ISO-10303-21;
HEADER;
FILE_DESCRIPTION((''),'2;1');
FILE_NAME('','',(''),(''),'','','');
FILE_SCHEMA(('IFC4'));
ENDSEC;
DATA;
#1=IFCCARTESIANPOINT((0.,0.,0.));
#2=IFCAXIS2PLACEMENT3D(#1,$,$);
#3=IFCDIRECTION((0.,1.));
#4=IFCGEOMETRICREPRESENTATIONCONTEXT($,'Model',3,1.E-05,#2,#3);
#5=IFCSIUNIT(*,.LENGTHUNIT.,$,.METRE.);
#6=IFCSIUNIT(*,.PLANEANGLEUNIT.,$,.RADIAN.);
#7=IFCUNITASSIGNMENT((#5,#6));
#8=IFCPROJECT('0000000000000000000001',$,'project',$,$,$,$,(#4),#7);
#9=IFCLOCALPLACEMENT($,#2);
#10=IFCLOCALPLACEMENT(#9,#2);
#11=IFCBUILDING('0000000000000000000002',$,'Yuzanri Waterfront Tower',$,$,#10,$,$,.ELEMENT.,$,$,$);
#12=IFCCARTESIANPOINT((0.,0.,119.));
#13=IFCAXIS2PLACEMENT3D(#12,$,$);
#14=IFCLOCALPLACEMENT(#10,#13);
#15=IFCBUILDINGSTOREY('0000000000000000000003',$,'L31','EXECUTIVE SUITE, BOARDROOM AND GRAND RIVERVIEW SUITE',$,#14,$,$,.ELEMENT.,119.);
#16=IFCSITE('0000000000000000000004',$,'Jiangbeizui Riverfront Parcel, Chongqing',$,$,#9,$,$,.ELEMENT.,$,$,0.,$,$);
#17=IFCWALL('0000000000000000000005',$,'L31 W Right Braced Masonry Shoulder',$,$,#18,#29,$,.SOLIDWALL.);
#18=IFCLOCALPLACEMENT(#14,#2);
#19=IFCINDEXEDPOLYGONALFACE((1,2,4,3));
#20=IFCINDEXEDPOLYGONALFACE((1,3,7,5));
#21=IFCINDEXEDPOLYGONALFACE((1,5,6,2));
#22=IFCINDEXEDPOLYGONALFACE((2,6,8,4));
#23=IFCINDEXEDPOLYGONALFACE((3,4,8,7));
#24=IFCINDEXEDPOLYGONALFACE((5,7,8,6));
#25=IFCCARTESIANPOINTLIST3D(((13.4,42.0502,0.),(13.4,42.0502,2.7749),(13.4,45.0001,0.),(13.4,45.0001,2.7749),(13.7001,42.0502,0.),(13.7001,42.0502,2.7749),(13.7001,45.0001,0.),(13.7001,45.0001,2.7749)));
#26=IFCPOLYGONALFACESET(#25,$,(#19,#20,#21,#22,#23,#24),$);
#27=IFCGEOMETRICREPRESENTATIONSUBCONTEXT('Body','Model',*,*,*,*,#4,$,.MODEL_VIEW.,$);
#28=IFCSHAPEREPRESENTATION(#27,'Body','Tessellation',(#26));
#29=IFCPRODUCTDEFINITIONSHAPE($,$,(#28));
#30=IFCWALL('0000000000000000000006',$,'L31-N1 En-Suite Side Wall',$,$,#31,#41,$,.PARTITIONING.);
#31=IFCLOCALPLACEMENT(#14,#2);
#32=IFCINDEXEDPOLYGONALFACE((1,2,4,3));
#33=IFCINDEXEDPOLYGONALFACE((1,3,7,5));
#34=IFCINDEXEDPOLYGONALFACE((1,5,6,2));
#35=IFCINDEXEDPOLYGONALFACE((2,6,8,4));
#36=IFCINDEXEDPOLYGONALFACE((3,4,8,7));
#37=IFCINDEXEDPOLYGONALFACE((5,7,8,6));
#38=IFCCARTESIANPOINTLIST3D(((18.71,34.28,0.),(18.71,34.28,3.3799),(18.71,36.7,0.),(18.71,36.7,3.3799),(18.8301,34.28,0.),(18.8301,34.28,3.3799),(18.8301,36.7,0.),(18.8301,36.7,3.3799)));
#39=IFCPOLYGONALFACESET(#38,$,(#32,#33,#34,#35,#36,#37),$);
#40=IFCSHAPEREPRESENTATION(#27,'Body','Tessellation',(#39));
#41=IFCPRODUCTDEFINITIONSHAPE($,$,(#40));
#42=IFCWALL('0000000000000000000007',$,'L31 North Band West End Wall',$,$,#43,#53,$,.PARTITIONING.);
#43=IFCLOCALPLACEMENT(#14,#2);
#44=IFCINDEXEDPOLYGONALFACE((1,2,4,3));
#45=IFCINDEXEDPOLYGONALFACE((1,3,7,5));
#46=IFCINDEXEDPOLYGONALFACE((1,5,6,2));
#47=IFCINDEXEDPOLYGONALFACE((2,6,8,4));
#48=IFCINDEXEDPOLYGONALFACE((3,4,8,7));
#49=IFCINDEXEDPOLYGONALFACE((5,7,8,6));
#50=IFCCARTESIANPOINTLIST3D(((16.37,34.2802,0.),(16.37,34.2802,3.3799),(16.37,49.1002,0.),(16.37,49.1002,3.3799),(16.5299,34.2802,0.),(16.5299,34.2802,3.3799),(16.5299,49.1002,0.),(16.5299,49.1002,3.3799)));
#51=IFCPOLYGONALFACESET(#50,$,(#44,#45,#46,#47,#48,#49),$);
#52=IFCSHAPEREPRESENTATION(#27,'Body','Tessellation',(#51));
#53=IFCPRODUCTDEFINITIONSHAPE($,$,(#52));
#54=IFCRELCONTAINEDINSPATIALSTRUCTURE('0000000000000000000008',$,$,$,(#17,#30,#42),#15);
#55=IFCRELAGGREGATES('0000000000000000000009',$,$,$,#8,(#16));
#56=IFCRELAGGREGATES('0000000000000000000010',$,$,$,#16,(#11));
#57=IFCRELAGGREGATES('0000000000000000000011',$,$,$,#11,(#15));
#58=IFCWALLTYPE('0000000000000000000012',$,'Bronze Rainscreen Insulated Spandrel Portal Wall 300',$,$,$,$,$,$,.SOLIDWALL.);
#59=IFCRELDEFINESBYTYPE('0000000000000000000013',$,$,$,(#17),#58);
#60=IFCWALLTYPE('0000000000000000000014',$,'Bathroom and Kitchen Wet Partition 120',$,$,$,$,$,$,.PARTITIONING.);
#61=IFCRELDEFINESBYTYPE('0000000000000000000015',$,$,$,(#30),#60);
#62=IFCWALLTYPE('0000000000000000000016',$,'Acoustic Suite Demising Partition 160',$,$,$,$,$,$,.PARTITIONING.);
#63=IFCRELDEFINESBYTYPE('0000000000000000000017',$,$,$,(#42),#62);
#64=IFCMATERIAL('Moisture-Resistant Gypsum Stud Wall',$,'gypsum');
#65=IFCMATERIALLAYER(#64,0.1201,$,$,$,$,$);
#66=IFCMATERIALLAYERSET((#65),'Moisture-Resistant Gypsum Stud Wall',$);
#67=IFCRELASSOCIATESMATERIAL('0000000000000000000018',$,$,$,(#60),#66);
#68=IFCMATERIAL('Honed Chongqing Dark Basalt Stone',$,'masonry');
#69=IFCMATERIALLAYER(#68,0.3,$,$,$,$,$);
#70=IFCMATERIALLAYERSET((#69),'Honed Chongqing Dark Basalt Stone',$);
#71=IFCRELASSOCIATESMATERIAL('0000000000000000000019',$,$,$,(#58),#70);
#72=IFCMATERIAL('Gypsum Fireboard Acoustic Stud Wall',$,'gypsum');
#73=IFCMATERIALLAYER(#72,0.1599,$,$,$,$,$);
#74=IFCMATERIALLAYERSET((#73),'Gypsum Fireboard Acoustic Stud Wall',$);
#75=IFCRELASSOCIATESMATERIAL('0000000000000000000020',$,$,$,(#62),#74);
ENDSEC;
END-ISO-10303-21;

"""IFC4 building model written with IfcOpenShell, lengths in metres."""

from ifc_helpers import new_model, si_unit, direction, frame, frame_2d, origin, place, context, subcontext, project, spatial, rectangle, extrude, source, transform, mapped, material, layer, layer_set, type_object, element, save


model = new_model("IFC4")

# Units and contexts
model_context = context("Model", 3, precision=1e-05, world=origin(), true_north=direction((0.0, 1.0)))
body_context = subcontext(model_context, "Body", "Model", "MODEL_VIEW")
ifc_project = project(units=[si_unit("LENGTHUNIT", "METRE"), si_unit("PLANEANGLEUNIT", "RADIAN")], contexts=[model_context])

# Site, building, storey
site_placement = place(None, origin())
site = spatial("IfcSite", under=ifc_project, at=site_placement, Name="Jiangbeizui Riverfront Parcel, Chongqing", CompositionType="ELEMENT", RefElevation=0.0)
building_placement = place(site_placement, origin())
building = spatial("IfcBuilding", under=site, at=building_placement, Name="Yuzanri Waterfront Tower", CompositionType="ELEMENT")
storey_placement = place(building_placement, frame((0.0, 0.0, 119.0)))
storey = spatial("IfcBuildingStorey", under=building, at=storey_placement, Name="L31", Description="EXECUTIVE SUITE, BOARDROOM AND GRAND RIVERVIEW SUITE", CompositionType="ELEMENT", Elevation=119.0)

# Shared definitions
ifc_material_1 = material(Name="Moisture-Resistant Gypsum Stud Wall", Category="gypsum")
ifc_layer_1 = layer(ifc_material_1, 0.1201)
ifc_layer_set_1 = layer_set([ifc_layer_1], Name="Moisture-Resistant Gypsum Stud Wall")
wall_type_1 = type_object("IfcWallType", Name="Bathroom and Kitchen Wet Partition 120", PredefinedType="PARTITIONING", material=ifc_layer_set_1)

# Shared definitions
ifc_material_2 = material(Name="Honed Chongqing Dark Basalt Stone", Category="masonry")
ifc_layer_2 = layer(ifc_material_2, 0.3)
ifc_layer_set_2 = layer_set([ifc_layer_2], Name="Honed Chongqing Dark Basalt Stone")
wall_type_2 = type_object("IfcWallType", Name="Bronze Rainscreen Insulated Spandrel Portal Wall 300", PredefinedType="SOLIDWALL", material=ifc_layer_set_2)

# Walls
shared_shape_1 = source(origin(), body_context, "Body", "SweptSolid", [
    extrude(rectangle(XDim=2.95, YDim=0.3, at=frame_2d((1.4751, 0.0))), origin(), (0.0, 0.0, 1.0), 2.7749),
])
for number, where, z_axis, x_axis, name in (
    (1, (13.55, 42.05, 0.0), (0.0, 0.0, 1.0), (0.0, 1.0, 0.0), "L31 W Right Braced Masonry Shoulder"),
):
    element("IfcWall", number, at=place(storey_placement, frame(where, z_axis=z_axis, x_axis=x_axis)), inside=storey, type_object=wall_type_2, Name=name, PredefinedType="SOLIDWALL", context=body_context, shape_type="MappedRepresentation", body=[
        mapped(shared_shape_1, transform((0.0, 0.0, 0.0), scale=1.0)),
    ])
shared_shape_2 = source(origin(), body_context, "Body", "SweptSolid", [
    extrude(rectangle(XDim=2.4199, YDim=0.1201, at=frame_2d((1.21, 0.0))), origin(), (0.0, 0.0, 1.0), 3.3799),
])
wall_1_placement = place(storey_placement, frame((18.77, 34.28, 0.0), z_axis=(0.0, 0.0, 1.0), x_axis=(0.0, 1.0, 0.0)))
element("IfcWall", 2, at=wall_1_placement, inside=storey, type_object=wall_type_1, Name="L31-N1 En-Suite Side Wall", PredefinedType="PARTITIONING", context=body_context, shape_type="MappedRepresentation", body=[
    mapped(shared_shape_2, transform((0.0, 0.0, 0.0), scale=1.0)),
])
ifc_material_3 = material(Name="Gypsum Fireboard Acoustic Stud Wall", Category="gypsum")
ifc_layer_3 = layer(ifc_material_3, 0.1599)
ifc_layer_set_3 = layer_set([ifc_layer_3], Name="Gypsum Fireboard Acoustic Stud Wall")
wall_type_3 = type_object("IfcWallType", Name="Acoustic Suite Demising Partition 160", PredefinedType="PARTITIONING", material=ifc_layer_set_3)
shared_shape_3 = source(origin(), body_context, "Body", "SweptSolid", [
    extrude(rectangle(XDim=14.8201, YDim=0.1599, at=frame_2d((7.4102, 0.0))), origin(), (0.0, 0.0, 1.0), 3.3799),
])
wall_2_placement = place(storey_placement, frame((16.45, 34.28, 0.0), z_axis=(0.0, 0.0, 1.0), x_axis=(0.0, 1.0, 0.0)))
element("IfcWall", 3, at=wall_2_placement, inside=storey, type_object=wall_type_3, Name="L31 North Band West End Wall", PredefinedType="PARTITIONING", context=body_context, shape_type="MappedRepresentation", body=[
    mapped(shared_shape_3, transform((0.0, 0.0, 0.0), scale=1.0)),
])

save(model, "model.ifc")
